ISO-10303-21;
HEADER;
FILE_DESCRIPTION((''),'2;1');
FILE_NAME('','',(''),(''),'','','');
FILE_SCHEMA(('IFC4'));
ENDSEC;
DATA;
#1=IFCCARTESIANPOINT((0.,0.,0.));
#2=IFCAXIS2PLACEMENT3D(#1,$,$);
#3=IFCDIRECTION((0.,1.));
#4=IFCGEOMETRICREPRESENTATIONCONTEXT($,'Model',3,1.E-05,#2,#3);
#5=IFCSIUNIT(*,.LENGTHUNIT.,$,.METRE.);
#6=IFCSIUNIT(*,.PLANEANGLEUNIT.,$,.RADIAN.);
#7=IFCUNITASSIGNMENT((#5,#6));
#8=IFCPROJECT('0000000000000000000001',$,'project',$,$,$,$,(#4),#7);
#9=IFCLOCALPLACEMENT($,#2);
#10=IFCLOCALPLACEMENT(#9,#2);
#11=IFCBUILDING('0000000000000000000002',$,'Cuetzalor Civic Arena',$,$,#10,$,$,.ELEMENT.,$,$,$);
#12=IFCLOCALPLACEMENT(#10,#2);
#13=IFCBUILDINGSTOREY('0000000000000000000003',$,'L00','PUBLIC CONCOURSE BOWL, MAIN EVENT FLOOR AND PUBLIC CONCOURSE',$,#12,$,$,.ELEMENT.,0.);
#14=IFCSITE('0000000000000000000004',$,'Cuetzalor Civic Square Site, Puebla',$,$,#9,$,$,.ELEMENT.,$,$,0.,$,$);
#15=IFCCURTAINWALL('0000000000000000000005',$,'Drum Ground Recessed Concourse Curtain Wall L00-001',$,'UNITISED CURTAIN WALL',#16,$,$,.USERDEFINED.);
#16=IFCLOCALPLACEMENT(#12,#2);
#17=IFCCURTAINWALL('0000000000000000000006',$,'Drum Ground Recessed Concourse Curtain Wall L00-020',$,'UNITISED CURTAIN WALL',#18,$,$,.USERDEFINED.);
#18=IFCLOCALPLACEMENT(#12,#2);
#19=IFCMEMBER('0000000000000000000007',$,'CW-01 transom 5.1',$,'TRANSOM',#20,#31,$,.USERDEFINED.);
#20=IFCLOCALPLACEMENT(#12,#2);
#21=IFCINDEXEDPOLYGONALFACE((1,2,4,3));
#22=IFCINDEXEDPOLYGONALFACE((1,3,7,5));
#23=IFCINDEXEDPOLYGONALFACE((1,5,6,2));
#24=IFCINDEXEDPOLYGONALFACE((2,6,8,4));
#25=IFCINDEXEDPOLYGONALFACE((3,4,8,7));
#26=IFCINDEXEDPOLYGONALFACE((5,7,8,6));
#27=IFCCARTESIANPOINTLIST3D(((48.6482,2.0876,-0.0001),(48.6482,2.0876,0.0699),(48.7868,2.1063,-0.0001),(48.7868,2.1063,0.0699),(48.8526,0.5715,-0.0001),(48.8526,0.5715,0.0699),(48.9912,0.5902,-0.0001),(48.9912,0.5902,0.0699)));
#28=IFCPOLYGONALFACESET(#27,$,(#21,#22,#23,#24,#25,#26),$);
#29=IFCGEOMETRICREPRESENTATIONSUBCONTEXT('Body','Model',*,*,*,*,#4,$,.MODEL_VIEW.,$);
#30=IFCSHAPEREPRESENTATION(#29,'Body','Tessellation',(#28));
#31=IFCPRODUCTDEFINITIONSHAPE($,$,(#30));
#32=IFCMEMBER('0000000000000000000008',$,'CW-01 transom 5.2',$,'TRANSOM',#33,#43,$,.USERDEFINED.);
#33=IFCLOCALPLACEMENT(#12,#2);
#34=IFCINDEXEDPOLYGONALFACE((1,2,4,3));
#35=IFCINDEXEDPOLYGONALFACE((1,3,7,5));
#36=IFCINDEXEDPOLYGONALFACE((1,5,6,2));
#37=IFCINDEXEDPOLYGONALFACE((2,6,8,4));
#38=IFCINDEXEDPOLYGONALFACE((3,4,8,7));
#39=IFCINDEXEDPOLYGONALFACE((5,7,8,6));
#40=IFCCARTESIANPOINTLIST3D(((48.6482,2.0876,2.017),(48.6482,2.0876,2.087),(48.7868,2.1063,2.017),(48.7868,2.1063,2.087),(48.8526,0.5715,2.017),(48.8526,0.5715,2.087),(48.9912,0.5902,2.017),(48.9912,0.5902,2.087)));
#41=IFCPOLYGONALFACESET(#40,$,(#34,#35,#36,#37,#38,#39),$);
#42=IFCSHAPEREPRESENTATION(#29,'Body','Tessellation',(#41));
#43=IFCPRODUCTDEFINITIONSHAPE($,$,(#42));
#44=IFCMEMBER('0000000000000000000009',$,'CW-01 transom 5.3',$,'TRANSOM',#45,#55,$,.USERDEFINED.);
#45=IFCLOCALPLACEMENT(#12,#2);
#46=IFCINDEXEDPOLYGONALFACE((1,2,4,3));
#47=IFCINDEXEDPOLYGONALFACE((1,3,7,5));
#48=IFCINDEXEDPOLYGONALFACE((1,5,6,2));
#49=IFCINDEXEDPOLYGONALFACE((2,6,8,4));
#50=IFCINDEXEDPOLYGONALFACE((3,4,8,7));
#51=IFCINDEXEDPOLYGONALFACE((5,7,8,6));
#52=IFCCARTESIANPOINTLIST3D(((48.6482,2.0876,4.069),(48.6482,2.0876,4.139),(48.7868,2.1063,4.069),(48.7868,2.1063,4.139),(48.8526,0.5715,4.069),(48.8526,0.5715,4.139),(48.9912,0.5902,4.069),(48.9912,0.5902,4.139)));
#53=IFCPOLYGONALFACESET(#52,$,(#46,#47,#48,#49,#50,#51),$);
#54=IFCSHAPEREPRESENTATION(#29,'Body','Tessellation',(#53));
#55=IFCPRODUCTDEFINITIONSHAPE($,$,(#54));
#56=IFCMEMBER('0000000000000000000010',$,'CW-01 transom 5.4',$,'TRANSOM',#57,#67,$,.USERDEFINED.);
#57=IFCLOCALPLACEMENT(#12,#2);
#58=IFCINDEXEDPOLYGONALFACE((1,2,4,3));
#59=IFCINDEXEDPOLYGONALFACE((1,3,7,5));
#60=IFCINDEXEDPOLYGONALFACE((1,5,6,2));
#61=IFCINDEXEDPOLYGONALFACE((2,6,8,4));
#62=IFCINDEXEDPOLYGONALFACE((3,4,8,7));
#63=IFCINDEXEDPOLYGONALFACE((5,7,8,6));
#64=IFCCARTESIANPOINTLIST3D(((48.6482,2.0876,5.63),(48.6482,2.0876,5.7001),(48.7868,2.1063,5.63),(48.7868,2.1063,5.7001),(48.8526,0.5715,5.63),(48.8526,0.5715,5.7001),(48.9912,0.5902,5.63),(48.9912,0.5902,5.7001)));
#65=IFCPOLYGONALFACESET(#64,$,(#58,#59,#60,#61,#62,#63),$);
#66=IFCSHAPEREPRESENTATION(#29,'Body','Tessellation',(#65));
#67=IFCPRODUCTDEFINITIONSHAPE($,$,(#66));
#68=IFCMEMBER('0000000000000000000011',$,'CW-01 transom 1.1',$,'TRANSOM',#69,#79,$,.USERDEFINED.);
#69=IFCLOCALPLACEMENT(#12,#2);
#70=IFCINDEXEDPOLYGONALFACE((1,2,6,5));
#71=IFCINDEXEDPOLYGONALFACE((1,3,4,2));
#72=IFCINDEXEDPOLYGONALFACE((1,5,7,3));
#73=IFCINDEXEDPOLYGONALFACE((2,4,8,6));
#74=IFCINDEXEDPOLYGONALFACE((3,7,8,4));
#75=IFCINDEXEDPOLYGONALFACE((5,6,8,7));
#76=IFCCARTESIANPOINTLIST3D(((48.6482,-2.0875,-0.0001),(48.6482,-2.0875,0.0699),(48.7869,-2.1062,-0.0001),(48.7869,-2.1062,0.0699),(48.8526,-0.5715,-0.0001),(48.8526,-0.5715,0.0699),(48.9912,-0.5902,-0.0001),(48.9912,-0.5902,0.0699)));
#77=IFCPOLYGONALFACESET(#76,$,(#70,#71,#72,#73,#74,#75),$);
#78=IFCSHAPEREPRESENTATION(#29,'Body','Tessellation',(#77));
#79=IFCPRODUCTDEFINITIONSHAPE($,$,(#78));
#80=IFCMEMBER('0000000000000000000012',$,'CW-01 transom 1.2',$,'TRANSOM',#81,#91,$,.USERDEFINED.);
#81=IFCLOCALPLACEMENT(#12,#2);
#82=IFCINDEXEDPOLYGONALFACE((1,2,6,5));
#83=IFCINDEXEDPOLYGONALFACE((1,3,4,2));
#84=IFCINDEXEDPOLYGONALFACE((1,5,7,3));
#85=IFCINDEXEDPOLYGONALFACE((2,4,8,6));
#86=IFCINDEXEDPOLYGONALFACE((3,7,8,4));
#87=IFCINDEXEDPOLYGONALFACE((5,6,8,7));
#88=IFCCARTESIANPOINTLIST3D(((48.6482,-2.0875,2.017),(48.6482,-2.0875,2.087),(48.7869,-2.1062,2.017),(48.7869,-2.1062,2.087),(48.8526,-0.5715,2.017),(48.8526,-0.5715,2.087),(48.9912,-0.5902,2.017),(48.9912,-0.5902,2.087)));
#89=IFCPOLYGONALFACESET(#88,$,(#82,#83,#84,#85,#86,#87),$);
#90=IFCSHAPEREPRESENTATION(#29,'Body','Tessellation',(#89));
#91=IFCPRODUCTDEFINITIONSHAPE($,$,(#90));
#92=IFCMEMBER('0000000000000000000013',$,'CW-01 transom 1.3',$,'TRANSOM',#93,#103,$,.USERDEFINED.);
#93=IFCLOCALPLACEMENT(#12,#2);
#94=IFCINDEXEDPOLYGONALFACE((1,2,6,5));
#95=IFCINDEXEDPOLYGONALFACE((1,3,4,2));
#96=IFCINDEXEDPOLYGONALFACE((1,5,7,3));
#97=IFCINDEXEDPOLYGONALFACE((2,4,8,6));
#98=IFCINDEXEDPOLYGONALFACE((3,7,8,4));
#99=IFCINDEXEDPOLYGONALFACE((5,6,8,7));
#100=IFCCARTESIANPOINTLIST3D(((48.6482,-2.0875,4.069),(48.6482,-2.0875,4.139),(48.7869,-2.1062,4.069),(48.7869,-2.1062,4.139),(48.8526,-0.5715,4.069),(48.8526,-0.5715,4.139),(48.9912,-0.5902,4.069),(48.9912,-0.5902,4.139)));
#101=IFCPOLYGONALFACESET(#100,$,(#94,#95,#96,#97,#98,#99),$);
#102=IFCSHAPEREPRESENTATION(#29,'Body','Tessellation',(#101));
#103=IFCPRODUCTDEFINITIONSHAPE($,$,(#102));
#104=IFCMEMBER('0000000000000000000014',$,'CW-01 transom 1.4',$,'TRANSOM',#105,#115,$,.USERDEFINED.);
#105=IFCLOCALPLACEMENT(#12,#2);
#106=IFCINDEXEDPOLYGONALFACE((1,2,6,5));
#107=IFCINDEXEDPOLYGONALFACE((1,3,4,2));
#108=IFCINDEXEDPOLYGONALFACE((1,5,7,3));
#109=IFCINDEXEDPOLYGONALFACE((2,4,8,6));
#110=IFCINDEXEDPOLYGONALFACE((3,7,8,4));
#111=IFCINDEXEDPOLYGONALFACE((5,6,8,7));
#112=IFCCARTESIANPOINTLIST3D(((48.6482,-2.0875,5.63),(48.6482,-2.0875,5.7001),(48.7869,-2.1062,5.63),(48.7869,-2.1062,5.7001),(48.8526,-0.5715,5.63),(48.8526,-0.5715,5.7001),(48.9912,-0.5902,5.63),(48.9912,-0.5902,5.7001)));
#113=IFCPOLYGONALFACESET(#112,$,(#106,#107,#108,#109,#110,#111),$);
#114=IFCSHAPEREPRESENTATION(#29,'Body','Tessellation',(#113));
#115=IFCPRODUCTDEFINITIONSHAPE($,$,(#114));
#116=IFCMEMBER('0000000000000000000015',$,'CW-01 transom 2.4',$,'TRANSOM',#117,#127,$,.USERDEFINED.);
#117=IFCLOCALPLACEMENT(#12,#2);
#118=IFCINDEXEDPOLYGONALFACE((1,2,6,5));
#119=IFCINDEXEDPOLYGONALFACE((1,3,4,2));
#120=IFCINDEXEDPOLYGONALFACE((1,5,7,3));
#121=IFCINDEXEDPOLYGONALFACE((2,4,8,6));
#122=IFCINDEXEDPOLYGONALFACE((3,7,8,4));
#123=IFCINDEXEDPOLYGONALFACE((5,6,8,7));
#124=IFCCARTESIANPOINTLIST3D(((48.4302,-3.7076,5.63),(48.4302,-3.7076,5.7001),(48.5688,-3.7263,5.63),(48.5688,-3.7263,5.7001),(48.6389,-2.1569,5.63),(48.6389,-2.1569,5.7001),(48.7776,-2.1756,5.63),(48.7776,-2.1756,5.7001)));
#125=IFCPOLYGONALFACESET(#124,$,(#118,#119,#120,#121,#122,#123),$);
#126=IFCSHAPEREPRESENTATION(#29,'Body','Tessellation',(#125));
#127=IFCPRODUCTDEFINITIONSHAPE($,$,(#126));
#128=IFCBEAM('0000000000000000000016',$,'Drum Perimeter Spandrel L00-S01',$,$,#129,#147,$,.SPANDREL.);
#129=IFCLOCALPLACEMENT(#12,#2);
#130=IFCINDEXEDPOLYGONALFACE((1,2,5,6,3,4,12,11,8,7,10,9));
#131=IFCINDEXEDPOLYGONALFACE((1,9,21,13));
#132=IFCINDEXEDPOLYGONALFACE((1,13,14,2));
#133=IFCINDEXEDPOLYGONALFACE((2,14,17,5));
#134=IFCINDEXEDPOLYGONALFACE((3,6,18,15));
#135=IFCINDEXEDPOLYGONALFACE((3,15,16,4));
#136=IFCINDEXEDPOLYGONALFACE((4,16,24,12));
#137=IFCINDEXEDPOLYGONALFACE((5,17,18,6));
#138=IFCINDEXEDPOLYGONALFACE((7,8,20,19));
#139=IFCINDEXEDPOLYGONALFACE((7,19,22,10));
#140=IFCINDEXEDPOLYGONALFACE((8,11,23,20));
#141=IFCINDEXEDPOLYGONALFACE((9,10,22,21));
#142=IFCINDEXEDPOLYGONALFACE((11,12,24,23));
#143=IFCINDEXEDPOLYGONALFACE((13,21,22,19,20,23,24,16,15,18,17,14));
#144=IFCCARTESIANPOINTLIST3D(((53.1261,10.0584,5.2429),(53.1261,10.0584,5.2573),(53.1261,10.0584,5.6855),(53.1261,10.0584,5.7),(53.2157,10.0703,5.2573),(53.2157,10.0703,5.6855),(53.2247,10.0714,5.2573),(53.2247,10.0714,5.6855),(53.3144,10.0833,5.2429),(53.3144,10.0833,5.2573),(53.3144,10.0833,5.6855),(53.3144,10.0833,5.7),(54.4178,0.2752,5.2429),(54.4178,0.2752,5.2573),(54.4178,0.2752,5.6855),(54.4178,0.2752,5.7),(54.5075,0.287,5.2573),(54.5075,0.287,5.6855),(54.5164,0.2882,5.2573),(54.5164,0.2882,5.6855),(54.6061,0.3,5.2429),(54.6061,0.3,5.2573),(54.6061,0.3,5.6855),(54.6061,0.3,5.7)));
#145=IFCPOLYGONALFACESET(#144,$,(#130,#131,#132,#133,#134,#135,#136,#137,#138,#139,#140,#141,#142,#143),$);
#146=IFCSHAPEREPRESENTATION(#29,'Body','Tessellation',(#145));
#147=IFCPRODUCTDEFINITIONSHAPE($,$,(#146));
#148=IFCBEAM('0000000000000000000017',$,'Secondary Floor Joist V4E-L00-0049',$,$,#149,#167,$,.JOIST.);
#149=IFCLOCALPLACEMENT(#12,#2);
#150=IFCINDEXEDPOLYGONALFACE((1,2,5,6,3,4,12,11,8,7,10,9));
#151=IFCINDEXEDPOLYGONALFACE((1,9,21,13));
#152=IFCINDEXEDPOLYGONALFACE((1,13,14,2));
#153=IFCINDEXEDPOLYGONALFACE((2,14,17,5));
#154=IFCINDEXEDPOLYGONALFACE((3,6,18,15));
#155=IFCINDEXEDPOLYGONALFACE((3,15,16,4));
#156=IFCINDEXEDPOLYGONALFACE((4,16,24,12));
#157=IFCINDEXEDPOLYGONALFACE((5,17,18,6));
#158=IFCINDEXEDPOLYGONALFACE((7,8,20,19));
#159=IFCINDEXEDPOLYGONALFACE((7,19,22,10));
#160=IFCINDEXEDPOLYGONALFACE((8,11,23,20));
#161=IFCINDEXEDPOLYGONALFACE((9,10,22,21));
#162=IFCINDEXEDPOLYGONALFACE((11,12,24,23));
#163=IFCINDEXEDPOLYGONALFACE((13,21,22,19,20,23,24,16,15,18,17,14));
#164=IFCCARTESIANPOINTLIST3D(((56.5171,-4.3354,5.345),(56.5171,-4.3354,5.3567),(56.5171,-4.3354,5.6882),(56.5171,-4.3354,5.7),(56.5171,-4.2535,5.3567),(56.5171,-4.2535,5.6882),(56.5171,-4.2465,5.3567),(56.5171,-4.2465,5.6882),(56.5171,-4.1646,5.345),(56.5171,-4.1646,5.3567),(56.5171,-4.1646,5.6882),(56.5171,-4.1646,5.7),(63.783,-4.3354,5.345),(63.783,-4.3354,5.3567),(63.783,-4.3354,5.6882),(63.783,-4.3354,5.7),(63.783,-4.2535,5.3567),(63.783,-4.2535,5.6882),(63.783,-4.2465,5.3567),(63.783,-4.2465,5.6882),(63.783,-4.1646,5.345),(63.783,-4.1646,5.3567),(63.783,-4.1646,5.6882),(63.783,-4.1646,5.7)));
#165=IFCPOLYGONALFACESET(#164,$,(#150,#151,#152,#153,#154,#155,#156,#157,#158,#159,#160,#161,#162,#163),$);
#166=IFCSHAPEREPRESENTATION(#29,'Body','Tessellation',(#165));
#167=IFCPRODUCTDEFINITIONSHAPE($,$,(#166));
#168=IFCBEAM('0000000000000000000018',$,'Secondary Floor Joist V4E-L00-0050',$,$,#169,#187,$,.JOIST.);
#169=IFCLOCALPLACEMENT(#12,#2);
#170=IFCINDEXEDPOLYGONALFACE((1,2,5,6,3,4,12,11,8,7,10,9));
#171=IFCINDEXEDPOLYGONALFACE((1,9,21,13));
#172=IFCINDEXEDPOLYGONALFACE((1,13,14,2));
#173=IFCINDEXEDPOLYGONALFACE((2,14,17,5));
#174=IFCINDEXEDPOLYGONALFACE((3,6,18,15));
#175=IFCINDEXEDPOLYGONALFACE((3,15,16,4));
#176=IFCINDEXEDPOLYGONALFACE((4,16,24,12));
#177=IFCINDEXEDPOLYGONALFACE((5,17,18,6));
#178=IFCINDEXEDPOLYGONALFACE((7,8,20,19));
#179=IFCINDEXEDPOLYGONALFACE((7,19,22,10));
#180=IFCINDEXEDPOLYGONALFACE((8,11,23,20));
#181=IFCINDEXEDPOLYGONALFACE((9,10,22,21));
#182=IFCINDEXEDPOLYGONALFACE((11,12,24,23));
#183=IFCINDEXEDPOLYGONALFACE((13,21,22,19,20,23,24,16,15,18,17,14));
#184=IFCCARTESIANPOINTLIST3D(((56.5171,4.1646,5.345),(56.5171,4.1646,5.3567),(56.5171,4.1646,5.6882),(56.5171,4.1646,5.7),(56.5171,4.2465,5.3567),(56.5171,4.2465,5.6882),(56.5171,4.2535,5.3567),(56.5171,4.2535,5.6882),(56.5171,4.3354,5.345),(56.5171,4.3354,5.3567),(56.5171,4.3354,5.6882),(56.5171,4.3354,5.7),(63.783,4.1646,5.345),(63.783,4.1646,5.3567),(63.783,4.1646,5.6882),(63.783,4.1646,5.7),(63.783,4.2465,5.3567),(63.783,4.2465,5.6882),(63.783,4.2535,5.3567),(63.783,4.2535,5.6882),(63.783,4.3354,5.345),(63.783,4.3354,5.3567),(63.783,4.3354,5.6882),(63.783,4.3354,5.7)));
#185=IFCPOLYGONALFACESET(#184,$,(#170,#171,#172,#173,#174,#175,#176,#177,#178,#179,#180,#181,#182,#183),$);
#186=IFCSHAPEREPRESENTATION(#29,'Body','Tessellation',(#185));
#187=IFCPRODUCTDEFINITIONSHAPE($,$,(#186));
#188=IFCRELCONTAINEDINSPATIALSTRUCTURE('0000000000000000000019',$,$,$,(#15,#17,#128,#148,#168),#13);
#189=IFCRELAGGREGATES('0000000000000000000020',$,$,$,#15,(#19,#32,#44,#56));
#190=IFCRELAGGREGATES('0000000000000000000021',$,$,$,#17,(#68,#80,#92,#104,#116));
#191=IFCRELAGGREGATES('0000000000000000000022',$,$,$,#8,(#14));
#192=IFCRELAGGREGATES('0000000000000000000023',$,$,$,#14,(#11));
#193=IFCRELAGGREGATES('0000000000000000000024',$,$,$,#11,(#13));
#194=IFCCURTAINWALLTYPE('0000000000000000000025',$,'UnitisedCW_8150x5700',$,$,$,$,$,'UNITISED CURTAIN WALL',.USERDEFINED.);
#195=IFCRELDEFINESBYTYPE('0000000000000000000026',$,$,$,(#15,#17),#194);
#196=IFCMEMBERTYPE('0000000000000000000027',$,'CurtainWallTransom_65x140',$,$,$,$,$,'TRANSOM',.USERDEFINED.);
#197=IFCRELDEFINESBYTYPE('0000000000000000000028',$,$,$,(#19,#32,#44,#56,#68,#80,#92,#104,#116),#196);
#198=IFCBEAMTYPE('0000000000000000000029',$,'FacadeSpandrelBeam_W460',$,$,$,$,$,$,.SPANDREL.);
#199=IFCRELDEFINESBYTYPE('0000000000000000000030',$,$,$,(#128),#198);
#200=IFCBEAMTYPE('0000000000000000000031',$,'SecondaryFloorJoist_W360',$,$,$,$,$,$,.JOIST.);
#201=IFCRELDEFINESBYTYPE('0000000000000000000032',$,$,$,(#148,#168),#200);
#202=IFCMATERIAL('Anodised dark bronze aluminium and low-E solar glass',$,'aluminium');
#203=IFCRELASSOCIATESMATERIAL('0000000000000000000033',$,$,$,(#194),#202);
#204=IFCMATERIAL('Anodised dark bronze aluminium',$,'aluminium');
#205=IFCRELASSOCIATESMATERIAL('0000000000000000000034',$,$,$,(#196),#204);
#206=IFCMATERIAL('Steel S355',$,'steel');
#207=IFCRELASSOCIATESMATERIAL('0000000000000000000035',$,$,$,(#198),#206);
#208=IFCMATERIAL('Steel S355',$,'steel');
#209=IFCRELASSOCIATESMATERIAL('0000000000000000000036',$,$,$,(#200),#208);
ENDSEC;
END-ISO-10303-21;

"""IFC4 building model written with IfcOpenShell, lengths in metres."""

from ifc_helpers import new_model, si_unit, direction, frame, origin, origin_2d, place, context, subcontext, project, spatial, rectangle, i_section, extrude, material, material_profile, profile_set, type_object, element, aggregate, save


model = new_model("IFC4")

# Units and contexts
model_context = context("Model", 3, precision=1e-05, world=origin(), true_north=direction((0.0, 1.0)))
body_context = subcontext(model_context, "Body", "Model", "MODEL_VIEW")
ifc_project = project(units=[si_unit("LENGTHUNIT", "METRE"), si_unit("PLANEANGLEUNIT", "RADIAN")], contexts=[model_context])

# Site, building, storey
site_placement = place(None, origin())
site = spatial("IfcSite", under=ifc_project, at=site_placement, Name="Cuetzalor Civic Square Site, Puebla", CompositionType="ELEMENT", RefElevation=0.0)
building_placement = place(site_placement, origin())
building = spatial("IfcBuilding", under=site, at=building_placement, Name="Cuetzalor Civic Arena", CompositionType="ELEMENT")
storey_placement = place(building_placement, origin())
storey = spatial("IfcBuildingStorey", under=building, at=storey_placement, Name="L00", Description="PUBLIC CONCOURSE BOWL, MAIN EVENT FLOOR AND PUBLIC CONCOURSE", CompositionType="ELEMENT", Elevation=0.0)

# Curtain walls
ifc_material_1 = material(Name="Anodised dark bronze aluminium and low-E solar glass", Category="aluminium")
curtain_wall_type = type_object("IfcCurtainWallType", Name="UnitisedCW_8150x5700", ElementType="UNITISED CURTAIN WALL", PredefinedType="USERDEFINED", material=ifc_material_1)
curtain_wall_1_placement = place(storey_placement, origin())
curtain_wall_1 = element("IfcCurtainWall", 1, at=curtain_wall_1_placement, inside=storey, type_object=curtain_wall_type, Name="Drum Ground Recessed Concourse Curtain Wall L00-001", ObjectType="UNITISED CURTAIN WALL", PredefinedType="USERDEFINED")
curtain_wall_2_placement = place(storey_placement, origin())
curtain_wall_2 = element("IfcCurtainWall", 2, at=curtain_wall_2_placement, inside=storey, type_object=curtain_wall_type, Name="Drum Ground Recessed Concourse Curtain Wall L00-020", ObjectType="UNITISED CURTAIN WALL", PredefinedType="USERDEFINED")

# Members
ifc_material_2 = material(Name="Anodised dark bronze aluminium", Category="aluminium")
ifc_material_profile_1 = material_profile(ifc_material_2, rectangle(XDim=0.1399, YDim=0.0701, at=origin_2d()), Name="ALU TRANSOM 70x140")
ifc_profile_set_1 = profile_set([ifc_material_profile_1], Name="Anodised dark bronze aluminium")
member_type_1 = type_object("IfcMemberType", Name="CurtainWallTransom_65x140", ElementType="TRANSOM", PredefinedType="USERDEFINED", material=ifc_profile_set_1)
member_1_placement = place(storey_placement, frame((48.7175, 2.0969, 0.0349), z_axis=(0.133575, -0.991039, 0.0), x_axis=(0.991039, 0.133575, 0.0)))
member_1 = element("IfcMember", 3, at=member_1_placement, type_object=member_type_1, Name="CW-01 transom 5.1", ObjectType="TRANSOM", PredefinedType="USERDEFINED", context=body_context, shape_type="SweptSolid", body=[
    extrude(rectangle(XDim=0.1399, YDim=0.0701, at=origin_2d()), origin(), (0.0, 0.0, 1.0), 1.5298),
])
member_2_placement = place(storey_placement, frame((48.7175, 2.0969, 2.052), z_axis=(0.133575, -0.991039, 0.0), x_axis=(0.991039, 0.133575, 0.0)))
member_2 = element("IfcMember", 4, at=member_2_placement, type_object=member_type_1, Name="CW-01 transom 5.2", ObjectType="TRANSOM", PredefinedType="USERDEFINED", context=body_context, shape_type="SweptSolid", body=[
    extrude(rectangle(XDim=0.1399, YDim=0.0701, at=origin_2d()), origin(), (0.0, 0.0, 1.0), 1.5298),
])
member_3_placement = place(storey_placement, frame((48.7175, 2.0969, 4.104), z_axis=(0.133575, -0.991039, 0.0), x_axis=(0.991039, 0.133575, 0.0)))
member_3 = element("IfcMember", 5, at=member_3_placement, type_object=member_type_1, Name="CW-01 transom 5.3", ObjectType="TRANSOM", PredefinedType="USERDEFINED", context=body_context, shape_type="SweptSolid", body=[
    extrude(rectangle(XDim=0.1399, YDim=0.0701, at=origin_2d()), origin(), (0.0, 0.0, 1.0), 1.5298),
])
member_4_placement = place(storey_placement, frame((48.7175, 2.0969, 5.665), z_axis=(0.133575, -0.991039, 0.0), x_axis=(0.991039, 0.133575, 0.0)))
member_4 = element("IfcMember", 6, at=member_4_placement, type_object=member_type_1, Name="CW-01 transom 5.4", ObjectType="TRANSOM", PredefinedType="USERDEFINED", context=body_context, shape_type="SweptSolid", body=[
    extrude(rectangle(XDim=0.1399, YDim=0.0701, at=origin_2d()), origin(), (0.0, 0.0, 1.0), 1.5298),
])
member_5_placement = place(storey_placement, frame((48.9219, -0.5808, 0.0349), z_axis=(-0.133575, -0.991039, 0.0), x_axis=(0.991039, -0.133575, 0.0)))
member_5 = element("IfcMember", 7, at=member_5_placement, type_object=member_type_1, Name="CW-01 transom 1.1", ObjectType="TRANSOM", PredefinedType="USERDEFINED", context=body_context, shape_type="SweptSolid", body=[
    extrude(rectangle(XDim=0.1399, YDim=0.0701, at=origin_2d()), origin(), (0.0, 0.0, 1.0), 1.5298),
])
member_6_placement = place(storey_placement, frame((48.9219, -0.5808, 2.052), z_axis=(-0.133575, -0.991039, 0.0), x_axis=(0.991039, -0.133575, 0.0)))
member_6 = element("IfcMember", 8, at=member_6_placement, type_object=member_type_1, Name="CW-01 transom 1.2", ObjectType="TRANSOM", PredefinedType="USERDEFINED", context=body_context, shape_type="SweptSolid", body=[
    extrude(rectangle(XDim=0.1399, YDim=0.0701, at=origin_2d()), origin(), (0.0, 0.0, 1.0), 1.5298),
])
member_7_placement = place(storey_placement, frame((48.9219, -0.5808, 4.104), z_axis=(-0.133575, -0.991039, 0.0), x_axis=(0.991039, -0.133575, 0.0)))
member_7 = element("IfcMember", 9, at=member_7_placement, type_object=member_type_1, Name="CW-01 transom 1.3", ObjectType="TRANSOM", PredefinedType="USERDEFINED", context=body_context, shape_type="SweptSolid", body=[
    extrude(rectangle(XDim=0.1399, YDim=0.0701, at=origin_2d()), origin(), (0.0, 0.0, 1.0), 1.5298),
])
member_8_placement = place(storey_placement, frame((48.9219, -0.5808, 5.665), z_axis=(-0.133575, -0.991039, 0.0), x_axis=(0.991039, -0.133575, 0.0)))
member_8 = element("IfcMember", 10, at=member_8_placement, type_object=member_type_1, Name="CW-01 transom 1.4", ObjectType="TRANSOM", PredefinedType="USERDEFINED", context=body_context, shape_type="SweptSolid", body=[
    extrude(rectangle(XDim=0.1399, YDim=0.0701, at=origin_2d()), origin(), (0.0, 0.0, 1.0), 1.5298),
])
member_9_placement = place(storey_placement, frame((48.7083, -2.1663, 5.665), z_axis=(-0.1334, -0.991062, 0.0), x_axis=(0.991062, -0.1334, 0.0)))
member_9 = element("IfcMember", 11, at=member_9_placement, type_object=member_type_1, Name="CW-01 transom 2.4", ObjectType="TRANSOM", PredefinedType="USERDEFINED", context=body_context, shape_type="SweptSolid", body=[
    extrude(rectangle(XDim=0.1399, YDim=0.0701, at=origin_2d()), origin(), (0.0, 0.0, 1.0), 1.5647),
])

# Beams
ifc_material_3 = material(Name="Steel S355", Category="steel")
ifc_material_profile_2 = material_profile(ifc_material_3, i_section(OverallWidth=0.1899, OverallDepth=0.457, WebThickness=0.009, FlangeThickness=0.0144, at=origin_2d()), Name="W460x74")
ifc_profile_set_2 = profile_set([ifc_material_profile_2], Name="Steel S355")
beam_type_1 = type_object("IfcBeamType", Name="FacadeSpandrelBeam_W460", PredefinedType="SPANDREL", material=ifc_profile_set_2)
beam_1_placement = place(storey_placement, frame((54.512, 0.2876, 5.4714), z_axis=(-0.130901, 0.991395, 0.0), x_axis=(-0.991395, -0.130901, 0.0)))
element("IfcBeam", 12, at=beam_1_placement, inside=storey, type_object=beam_type_1, Name="Drum Perimeter Spandrel L00-S01", PredefinedType="SPANDREL", context=body_context, shape_type="SweptSolid", body=[
    extrude(i_section(OverallWidth=0.1899, OverallDepth=0.457, WebThickness=0.009, FlangeThickness=0.0144, at=origin_2d()), origin(), (0.0, 0.0, 1.0), 9.8682),
])
ifc_material_4 = material(Name="Steel S355", Category="steel")
ifc_material_profile_3 = material_profile(ifc_material_4, i_section(OverallWidth=0.1709, OverallDepth=0.355, WebThickness=0.0071, FlangeThickness=0.0117, at=origin_2d()), Name="W360x51")
ifc_profile_set_3 = profile_set([ifc_material_profile_3], Name="Steel S355")
beam_type_2 = type_object("IfcBeamType", Name="SecondaryFloorJoist_W360", PredefinedType="JOIST", material=ifc_profile_set_3)
for number, where, z_axis, x_axis, name in (
    (13, (56.5171, -4.25, 5.5225), (1.0, 0.0, 0.0), (0.0, 1.0, 0.0), "Secondary Floor Joist V4E-L00-0049"),
    (14, (56.5171, 4.25, 5.5225), (1.0, 0.0, 0.0), (0.0, 1.0, 0.0), "Secondary Floor Joist V4E-L00-0050"),
):
    element("IfcBeam", number, at=place(storey_placement, frame(where, z_axis=z_axis, x_axis=x_axis)), inside=storey, type_object=beam_type_2, Name=name, PredefinedType="JOIST", context=body_context, shape_type="SweptSolid", body=[
        extrude(i_section(OverallWidth=0.1709, OverallDepth=0.355, WebThickness=0.0071, FlangeThickness=0.0117, at=origin_2d()), origin(), (0.0, 0.0, 1.0), 7.2659),
    ])

aggregate(curtain_wall_1, [member_1, member_2, member_3, member_4])
aggregate(curtain_wall_2, [member_5, member_6, member_7, member_8, member_9])

save(model, "model.ifc")
